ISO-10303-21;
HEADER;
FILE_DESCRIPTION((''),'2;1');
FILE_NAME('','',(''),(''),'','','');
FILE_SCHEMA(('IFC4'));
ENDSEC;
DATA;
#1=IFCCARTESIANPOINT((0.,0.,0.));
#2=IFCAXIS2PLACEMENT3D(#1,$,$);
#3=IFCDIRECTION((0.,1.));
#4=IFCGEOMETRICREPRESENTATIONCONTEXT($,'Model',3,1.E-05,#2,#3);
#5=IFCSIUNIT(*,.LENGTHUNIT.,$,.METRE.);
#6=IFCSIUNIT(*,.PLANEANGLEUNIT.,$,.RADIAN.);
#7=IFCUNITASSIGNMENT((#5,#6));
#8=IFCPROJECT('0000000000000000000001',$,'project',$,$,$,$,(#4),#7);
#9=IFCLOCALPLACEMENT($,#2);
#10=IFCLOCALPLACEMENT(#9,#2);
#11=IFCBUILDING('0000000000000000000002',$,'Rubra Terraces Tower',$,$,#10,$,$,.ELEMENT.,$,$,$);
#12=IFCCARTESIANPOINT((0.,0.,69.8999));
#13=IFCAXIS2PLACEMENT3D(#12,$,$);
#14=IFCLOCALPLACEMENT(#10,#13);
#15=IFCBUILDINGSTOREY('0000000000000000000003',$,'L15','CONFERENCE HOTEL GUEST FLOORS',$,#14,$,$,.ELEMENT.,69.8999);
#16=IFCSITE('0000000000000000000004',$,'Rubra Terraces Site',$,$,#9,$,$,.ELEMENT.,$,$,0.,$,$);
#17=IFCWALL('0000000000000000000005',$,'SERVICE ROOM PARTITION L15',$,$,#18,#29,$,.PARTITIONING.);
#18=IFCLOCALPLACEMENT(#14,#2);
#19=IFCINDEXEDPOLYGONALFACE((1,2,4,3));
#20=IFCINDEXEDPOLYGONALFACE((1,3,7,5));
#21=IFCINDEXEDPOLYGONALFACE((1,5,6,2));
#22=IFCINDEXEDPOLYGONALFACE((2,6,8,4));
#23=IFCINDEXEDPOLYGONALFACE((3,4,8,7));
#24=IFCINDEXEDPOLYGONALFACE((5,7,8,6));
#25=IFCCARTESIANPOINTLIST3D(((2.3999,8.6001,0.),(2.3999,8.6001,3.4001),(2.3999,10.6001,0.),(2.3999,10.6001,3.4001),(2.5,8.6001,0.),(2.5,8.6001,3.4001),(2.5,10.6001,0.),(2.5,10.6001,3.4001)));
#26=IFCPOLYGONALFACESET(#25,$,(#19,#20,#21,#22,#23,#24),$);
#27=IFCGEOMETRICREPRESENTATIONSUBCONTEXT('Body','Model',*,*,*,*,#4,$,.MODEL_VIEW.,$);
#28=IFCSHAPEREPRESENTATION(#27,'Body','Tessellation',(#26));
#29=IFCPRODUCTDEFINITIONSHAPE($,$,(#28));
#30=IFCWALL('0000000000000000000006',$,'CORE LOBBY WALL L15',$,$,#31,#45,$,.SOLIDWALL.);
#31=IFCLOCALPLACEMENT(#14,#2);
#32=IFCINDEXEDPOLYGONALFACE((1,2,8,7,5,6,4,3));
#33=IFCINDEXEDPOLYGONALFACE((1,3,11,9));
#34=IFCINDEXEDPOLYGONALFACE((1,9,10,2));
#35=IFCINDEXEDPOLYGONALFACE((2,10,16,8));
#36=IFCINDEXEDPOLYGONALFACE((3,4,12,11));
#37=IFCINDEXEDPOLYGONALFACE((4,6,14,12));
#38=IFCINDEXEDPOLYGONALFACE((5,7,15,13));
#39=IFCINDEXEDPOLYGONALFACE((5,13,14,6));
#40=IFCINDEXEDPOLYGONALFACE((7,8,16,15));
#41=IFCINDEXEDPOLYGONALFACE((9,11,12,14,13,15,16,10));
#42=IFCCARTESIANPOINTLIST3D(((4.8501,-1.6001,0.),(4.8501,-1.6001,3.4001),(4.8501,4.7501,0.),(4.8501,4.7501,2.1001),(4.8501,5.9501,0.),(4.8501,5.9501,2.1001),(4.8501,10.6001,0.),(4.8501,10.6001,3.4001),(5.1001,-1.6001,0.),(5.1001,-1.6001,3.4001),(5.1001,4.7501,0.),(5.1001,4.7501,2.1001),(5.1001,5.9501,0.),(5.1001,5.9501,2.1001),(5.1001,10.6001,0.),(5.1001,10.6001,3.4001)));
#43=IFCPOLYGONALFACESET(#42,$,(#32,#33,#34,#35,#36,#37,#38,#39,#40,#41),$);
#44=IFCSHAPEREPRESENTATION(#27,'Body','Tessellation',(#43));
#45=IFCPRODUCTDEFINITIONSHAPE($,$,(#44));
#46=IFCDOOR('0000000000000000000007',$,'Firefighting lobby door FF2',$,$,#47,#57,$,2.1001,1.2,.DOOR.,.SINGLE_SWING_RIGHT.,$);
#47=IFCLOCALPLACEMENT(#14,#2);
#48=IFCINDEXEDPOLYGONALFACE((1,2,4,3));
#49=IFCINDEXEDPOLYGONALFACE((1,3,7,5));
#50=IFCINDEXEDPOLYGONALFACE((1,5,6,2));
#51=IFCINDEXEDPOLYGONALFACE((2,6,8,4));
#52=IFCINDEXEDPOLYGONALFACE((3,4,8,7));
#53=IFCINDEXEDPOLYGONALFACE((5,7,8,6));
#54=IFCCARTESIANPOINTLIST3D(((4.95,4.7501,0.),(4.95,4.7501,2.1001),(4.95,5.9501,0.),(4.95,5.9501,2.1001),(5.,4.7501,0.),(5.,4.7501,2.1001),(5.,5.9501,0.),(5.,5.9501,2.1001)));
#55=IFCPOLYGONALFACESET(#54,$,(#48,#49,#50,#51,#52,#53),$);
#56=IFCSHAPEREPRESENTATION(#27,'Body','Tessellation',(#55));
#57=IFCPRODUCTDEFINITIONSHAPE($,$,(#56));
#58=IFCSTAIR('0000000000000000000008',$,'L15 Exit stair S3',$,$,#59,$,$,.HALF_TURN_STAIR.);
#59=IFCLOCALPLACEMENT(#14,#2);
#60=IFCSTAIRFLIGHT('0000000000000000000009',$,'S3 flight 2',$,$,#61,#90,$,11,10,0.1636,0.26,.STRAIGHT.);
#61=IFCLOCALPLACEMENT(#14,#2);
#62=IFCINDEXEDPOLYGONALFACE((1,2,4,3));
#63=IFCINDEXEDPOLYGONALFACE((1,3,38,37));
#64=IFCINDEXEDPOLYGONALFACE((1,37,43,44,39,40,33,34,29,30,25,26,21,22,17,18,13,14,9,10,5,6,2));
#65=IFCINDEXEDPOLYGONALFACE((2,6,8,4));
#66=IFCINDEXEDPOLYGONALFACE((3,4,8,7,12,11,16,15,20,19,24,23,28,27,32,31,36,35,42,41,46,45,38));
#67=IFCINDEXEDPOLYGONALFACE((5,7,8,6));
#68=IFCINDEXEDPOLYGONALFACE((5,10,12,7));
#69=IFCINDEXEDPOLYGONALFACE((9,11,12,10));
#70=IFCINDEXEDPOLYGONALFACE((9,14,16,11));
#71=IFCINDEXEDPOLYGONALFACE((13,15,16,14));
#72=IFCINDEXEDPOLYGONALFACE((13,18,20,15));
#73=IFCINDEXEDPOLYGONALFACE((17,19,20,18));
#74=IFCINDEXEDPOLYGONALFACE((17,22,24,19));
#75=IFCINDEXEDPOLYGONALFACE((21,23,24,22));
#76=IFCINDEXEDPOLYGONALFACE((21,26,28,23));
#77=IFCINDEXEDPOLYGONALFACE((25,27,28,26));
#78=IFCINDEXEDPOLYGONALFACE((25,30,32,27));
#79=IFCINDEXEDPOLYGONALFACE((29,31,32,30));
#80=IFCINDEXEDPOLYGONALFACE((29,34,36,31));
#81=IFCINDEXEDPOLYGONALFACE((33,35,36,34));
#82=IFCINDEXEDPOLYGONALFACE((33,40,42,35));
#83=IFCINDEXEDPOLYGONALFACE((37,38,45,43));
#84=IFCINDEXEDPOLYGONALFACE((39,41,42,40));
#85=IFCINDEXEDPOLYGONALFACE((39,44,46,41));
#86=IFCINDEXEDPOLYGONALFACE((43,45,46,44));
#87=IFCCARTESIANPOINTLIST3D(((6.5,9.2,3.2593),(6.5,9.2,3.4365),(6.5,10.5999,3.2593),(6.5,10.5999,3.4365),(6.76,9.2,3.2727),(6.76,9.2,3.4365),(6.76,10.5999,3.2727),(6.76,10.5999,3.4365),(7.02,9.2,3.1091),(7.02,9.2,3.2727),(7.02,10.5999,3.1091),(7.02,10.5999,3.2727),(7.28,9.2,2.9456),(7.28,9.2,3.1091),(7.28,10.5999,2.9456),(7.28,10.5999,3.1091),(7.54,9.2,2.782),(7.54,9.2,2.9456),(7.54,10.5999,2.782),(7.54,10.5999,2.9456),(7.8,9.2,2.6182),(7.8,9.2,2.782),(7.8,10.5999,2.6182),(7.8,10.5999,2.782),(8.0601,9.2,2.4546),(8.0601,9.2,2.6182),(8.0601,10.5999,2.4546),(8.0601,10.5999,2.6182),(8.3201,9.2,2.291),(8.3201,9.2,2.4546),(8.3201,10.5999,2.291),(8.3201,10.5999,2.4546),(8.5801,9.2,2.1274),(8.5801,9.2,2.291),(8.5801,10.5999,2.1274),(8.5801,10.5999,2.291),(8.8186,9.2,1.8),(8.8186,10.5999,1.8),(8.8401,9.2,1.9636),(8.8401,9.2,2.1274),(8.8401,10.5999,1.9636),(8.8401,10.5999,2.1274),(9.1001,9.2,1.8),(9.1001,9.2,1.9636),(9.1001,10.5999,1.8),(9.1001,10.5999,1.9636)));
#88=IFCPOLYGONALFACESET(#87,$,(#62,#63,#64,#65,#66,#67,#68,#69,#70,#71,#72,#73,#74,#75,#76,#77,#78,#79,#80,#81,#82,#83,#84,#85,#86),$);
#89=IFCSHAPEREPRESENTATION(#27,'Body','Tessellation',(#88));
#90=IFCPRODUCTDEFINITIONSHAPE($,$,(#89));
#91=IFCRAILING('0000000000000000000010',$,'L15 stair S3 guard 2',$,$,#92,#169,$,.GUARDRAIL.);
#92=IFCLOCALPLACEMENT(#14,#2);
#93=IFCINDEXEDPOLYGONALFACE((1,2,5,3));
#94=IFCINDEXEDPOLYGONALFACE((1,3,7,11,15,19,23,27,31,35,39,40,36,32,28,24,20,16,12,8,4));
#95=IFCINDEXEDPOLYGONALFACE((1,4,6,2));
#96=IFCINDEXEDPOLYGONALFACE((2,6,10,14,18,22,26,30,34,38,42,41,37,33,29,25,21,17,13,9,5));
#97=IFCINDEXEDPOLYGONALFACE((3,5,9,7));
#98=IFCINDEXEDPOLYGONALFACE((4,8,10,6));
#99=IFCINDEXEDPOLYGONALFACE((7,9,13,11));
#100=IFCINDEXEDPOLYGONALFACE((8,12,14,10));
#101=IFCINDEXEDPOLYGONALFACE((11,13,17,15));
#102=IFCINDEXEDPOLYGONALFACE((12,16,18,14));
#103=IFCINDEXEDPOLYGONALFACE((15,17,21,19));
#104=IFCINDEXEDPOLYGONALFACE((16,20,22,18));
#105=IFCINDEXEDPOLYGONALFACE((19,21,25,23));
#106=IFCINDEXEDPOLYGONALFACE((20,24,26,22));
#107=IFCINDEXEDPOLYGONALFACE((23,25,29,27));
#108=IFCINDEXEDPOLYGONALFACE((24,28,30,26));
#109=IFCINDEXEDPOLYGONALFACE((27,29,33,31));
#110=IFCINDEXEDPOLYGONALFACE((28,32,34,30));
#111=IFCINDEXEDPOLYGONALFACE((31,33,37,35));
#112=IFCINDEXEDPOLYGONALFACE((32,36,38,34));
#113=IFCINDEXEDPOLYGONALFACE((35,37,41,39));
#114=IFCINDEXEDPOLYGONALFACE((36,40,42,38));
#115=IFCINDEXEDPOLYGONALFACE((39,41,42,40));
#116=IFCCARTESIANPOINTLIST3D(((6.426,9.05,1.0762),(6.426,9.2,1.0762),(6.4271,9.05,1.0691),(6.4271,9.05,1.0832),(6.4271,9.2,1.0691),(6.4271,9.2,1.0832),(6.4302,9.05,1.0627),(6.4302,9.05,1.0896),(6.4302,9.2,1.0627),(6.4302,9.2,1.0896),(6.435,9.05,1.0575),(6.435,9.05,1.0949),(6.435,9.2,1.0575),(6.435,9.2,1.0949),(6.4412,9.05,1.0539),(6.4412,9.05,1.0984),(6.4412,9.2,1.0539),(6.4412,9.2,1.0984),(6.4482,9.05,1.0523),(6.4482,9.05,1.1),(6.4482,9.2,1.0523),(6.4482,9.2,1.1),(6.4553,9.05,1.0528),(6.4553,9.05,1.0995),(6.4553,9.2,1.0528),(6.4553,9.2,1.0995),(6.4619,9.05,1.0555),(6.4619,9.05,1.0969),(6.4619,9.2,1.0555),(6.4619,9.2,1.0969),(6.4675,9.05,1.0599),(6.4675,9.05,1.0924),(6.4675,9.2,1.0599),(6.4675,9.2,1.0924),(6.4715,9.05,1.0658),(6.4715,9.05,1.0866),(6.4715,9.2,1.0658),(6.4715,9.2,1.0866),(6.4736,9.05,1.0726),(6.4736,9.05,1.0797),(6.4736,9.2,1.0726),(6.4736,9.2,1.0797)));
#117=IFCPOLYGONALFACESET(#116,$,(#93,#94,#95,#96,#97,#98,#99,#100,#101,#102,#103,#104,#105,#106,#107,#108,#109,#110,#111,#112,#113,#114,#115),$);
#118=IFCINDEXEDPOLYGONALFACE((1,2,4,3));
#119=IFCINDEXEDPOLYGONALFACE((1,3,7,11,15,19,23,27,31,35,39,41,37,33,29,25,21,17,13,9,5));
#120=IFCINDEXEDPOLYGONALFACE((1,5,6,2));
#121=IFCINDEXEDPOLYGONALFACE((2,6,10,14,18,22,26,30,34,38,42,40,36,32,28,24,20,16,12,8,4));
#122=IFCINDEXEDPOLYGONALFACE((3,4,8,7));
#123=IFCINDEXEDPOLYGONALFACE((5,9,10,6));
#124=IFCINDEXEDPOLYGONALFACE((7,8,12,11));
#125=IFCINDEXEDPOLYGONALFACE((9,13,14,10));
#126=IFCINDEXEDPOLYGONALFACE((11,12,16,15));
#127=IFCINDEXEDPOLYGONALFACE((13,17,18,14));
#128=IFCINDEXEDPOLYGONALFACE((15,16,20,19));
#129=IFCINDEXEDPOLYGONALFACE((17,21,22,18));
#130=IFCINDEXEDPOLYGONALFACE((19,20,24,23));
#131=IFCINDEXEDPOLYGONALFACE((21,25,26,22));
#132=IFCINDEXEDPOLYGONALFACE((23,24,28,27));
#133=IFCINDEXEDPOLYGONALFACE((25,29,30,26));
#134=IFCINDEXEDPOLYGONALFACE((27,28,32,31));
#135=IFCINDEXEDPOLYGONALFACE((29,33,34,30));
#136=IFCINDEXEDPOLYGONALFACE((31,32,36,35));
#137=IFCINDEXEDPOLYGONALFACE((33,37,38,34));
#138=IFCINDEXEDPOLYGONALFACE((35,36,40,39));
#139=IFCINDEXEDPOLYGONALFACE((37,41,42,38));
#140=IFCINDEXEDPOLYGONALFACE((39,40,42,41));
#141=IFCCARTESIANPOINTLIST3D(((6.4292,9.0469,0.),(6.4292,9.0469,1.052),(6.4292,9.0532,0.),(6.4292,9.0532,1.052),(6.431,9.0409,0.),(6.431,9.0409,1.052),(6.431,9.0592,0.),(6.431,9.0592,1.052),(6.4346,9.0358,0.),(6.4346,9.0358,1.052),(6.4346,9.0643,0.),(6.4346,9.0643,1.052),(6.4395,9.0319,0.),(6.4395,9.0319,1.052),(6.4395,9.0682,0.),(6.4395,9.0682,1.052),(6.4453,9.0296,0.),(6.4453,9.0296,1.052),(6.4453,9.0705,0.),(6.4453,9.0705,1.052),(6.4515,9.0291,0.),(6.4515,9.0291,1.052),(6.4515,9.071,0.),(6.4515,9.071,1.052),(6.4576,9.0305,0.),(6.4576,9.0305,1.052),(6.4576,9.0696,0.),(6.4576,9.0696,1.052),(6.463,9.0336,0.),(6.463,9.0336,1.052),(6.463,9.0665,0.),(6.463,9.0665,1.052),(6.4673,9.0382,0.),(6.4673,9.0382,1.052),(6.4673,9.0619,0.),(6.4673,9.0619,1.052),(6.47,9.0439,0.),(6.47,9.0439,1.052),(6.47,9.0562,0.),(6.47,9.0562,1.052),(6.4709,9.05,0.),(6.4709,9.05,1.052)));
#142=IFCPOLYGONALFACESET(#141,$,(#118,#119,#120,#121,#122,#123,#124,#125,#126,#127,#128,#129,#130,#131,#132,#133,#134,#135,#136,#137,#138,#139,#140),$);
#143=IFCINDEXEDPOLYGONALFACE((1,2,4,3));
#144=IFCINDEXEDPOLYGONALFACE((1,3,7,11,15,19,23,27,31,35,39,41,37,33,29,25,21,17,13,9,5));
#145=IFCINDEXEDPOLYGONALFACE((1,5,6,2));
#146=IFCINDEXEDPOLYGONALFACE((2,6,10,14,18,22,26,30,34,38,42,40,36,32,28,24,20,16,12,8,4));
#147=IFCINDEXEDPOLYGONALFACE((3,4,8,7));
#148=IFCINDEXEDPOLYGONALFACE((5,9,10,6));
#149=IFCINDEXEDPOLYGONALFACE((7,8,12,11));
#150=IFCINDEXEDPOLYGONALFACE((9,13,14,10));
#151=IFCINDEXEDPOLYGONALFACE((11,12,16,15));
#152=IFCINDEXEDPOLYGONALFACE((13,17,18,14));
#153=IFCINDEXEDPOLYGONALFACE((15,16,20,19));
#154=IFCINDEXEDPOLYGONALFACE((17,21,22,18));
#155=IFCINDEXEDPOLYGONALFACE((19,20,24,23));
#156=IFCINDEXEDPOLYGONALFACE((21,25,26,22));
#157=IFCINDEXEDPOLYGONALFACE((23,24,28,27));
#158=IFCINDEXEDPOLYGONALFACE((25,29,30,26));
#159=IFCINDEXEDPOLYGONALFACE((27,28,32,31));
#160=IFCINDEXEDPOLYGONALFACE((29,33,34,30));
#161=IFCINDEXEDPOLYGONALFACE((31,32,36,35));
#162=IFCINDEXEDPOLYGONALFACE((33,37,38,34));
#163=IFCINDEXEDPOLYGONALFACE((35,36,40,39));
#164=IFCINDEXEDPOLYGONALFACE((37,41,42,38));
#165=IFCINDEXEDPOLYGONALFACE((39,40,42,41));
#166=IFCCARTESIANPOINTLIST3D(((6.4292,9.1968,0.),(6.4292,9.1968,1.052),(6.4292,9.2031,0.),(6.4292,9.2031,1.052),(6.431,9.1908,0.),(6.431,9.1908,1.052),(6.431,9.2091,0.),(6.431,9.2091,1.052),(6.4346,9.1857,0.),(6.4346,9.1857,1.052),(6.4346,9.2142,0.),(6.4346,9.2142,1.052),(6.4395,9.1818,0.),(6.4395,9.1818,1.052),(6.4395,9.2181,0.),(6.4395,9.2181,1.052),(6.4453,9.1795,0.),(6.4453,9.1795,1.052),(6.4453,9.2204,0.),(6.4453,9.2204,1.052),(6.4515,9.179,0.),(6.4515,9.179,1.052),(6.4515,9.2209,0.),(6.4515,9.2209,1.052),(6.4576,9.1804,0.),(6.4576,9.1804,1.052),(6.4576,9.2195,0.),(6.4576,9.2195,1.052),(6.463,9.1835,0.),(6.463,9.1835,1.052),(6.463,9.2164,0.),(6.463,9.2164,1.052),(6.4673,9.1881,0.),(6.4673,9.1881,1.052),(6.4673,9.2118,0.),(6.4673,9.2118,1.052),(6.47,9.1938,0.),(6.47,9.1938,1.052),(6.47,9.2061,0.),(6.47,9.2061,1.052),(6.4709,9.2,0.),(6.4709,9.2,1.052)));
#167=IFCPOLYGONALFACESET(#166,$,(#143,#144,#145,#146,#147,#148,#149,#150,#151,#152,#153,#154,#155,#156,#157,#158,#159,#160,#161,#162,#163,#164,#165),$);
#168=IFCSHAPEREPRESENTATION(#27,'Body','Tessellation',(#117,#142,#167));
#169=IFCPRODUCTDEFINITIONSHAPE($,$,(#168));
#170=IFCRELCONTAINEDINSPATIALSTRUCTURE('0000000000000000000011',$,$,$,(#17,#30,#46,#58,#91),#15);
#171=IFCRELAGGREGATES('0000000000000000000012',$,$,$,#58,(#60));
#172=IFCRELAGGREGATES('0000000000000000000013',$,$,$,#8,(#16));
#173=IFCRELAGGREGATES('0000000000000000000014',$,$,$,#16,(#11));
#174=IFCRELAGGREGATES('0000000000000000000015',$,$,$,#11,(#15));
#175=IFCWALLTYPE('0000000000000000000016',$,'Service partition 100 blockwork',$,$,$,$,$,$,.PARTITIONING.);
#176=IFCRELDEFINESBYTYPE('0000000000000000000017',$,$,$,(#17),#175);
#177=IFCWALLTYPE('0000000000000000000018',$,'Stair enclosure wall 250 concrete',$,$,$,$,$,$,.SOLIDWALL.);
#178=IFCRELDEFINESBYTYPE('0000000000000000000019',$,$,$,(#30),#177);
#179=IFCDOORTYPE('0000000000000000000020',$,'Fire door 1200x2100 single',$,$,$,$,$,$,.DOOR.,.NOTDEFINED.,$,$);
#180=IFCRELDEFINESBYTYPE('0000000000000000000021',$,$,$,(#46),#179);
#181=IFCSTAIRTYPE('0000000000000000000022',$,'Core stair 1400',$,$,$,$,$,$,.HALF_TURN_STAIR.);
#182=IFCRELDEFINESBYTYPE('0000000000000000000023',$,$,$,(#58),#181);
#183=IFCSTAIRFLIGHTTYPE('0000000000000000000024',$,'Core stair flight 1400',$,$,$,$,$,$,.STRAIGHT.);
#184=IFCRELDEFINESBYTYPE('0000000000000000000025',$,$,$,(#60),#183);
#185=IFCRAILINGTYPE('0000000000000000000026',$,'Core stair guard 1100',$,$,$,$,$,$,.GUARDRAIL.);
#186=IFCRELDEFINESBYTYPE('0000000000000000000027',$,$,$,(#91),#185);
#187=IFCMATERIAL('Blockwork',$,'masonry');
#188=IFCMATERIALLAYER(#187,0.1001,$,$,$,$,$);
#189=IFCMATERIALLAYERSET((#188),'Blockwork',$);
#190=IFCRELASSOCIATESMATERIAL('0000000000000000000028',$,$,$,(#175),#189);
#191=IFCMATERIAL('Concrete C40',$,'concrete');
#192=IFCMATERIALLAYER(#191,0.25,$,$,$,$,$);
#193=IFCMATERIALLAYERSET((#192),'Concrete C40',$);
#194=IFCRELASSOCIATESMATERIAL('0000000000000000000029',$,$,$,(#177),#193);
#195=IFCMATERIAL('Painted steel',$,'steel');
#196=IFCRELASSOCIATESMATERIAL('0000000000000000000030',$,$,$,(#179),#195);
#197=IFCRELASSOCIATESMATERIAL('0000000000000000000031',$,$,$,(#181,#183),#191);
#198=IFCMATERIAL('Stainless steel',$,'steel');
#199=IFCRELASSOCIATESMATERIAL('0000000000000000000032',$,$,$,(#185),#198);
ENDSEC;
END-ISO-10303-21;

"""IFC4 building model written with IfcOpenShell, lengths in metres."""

from ifc_helpers import new_model, si_unit, direction, frame, frame_2d, origin, origin_2d, place, context, subcontext, project, spatial, polyline, rectangle, circle, outline, extrude, material, layer, layer_set, type_object, element, fill, aggregate, save


model = new_model("IFC4")

# Units and contexts
model_context = context("Model", 3, precision=1e-05, world=origin(), true_north=direction((0.0, 1.0)))
body_context = subcontext(model_context, "Body", "Model", "MODEL_VIEW")
ifc_project = project(units=[si_unit("LENGTHUNIT", "METRE"), si_unit("PLANEANGLEUNIT", "RADIAN")], contexts=[model_context])

# Site, building, storey
site_placement = place(None, origin())
site = spatial("IfcSite", under=ifc_project, at=site_placement, Name="Rubra Terraces Site", CompositionType="ELEMENT", RefElevation=0.0)
building_placement = place(site_placement, origin())
building = spatial("IfcBuilding", under=site, at=building_placement, Name="Rubra Terraces Tower", CompositionType="ELEMENT")
storey_placement = place(building_placement, frame((0.0, 0.0, 69.8999)))
storey = spatial("IfcBuildingStorey", under=building, at=storey_placement, Name="L15", Description="CONFERENCE HOTEL GUEST FLOORS", CompositionType="ELEMENT", Elevation=69.8999)

# Wall
ifc_material_1 = material(Name="Blockwork", Category="masonry")
ifc_layer_1 = layer(ifc_material_1, 0.1001)
ifc_layer_set_1 = layer_set([ifc_layer_1], Name="Blockwork")
wall_type_1 = type_object("IfcWallType", Name="Service partition 100 blockwork", PredefinedType="PARTITIONING", material=ifc_layer_set_1)
wall_1_placement = place(storey_placement, frame((2.45, 8.6001, 0.0), z_axis=(0.0, 0.0, 1.0), x_axis=(0.0, 1.0, 0.0)))
element("IfcWall", 1, at=wall_1_placement, inside=storey, type_object=wall_type_1, Name="SERVICE ROOM PARTITION L15", PredefinedType="PARTITIONING", context=body_context, shape_type="SweptSolid", body=[
    extrude(rectangle(XDim=2.0, YDim=0.1001, at=frame_2d((1.0, 0.0))), origin(), (0.0, 0.0, 1.0), 3.4001),
])

# Wall, opening, door
ifc_material_2 = material(Name="Concrete C40", Category="concrete")
ifc_layer_2 = layer(ifc_material_2, 0.25)
ifc_layer_set_2 = layer_set([ifc_layer_2], Name="Concrete C40")
wall_type_2 = type_object("IfcWallType", Name="Stair enclosure wall 250 concrete", PredefinedType="SOLIDWALL", material=ifc_layer_set_2)
wall_2_placement = place(storey_placement, frame((4.9751, 10.6001, 0.0), z_axis=(0.0, 0.0, 1.0), x_axis=(0.0, -1.0, 0.0)))
wall_2 = element("IfcWall", 2, at=wall_2_placement, inside=storey, type_object=wall_type_2, Name="CORE LOBBY WALL L15", PredefinedType="SOLIDWALL", context=body_context, shape_type="SweptSolid", body=[
    extrude(rectangle(XDim=12.2002, YDim=0.25, at=frame_2d((6.1001, 0.0))), origin(), (0.0, 0.0, 1.0), 3.4001),
])
opening_1_placement = place(wall_2_placement, frame((4.6499, 0.0, 0.0)))
opening_1 = element("IfcOpeningElement", 3, at=opening_1_placement, cuts=wall_2, PredefinedType="OPENING", context=body_context, shape_type="SweptSolid", body=[
    extrude(rectangle(XDim=1.2, YDim=2.1001, at=frame_2d((0.6001, 1.05))), frame((0.0, 0.135, 0.0), z_axis=(0.0, -1.0, 0.0), x_axis=(1.0, 0.0, 0.0)), (0.0, 0.0, 1.0), 0.27),
])
ifc_material_3 = material(Name="Painted steel", Category="steel")
door_type_1 = type_object("IfcDoorType", Name="Fire door 1200x2100 single", OperationType="NOTDEFINED", PredefinedType="DOOR", material=ifc_material_3)
door_1_placement = place(opening_1_placement, origin())
door_1 = element("IfcDoor", 4, at=door_1_placement, inside=storey, type_object=door_type_1, Name="Firefighting lobby door FF2", OperationType="SINGLE_SWING_RIGHT", OverallHeight=2.1001, OverallWidth=1.2, PredefinedType="DOOR", context=body_context, shape_type="SweptSolid", body=[
    extrude(rectangle(XDim=1.2, YDim=2.1001, at=frame_2d((0.6001, 1.05))), frame((0.0, 0.0249, 0.0), z_axis=(0.0, -1.0, 0.0), x_axis=(1.0, 0.0, 0.0)), (0.0, 0.0, 1.0), 0.05),
])
fill(opening_1, door_1)

# Stair, stair flight
stair_type = type_object("IfcStairType", Name="Core stair 1400", PredefinedType="HALF_TURN_STAIR", material=ifc_material_2)
stair_placement = place(storey_placement, origin())
stair = element("IfcStair", 5, at=stair_placement, inside=storey, type_object=stair_type, Name="L15 Exit stair S3", PredefinedType="HALF_TURN_STAIR")
stair_flight_type = type_object("IfcStairFlightType", Name="Core stair flight 1400", PredefinedType="STRAIGHT", material=ifc_material_2)
stair_flight_placement = place(storey_placement, frame((9.1001, 9.8999, 1.8), z_axis=(0.0, 0.0, 1.0), x_axis=(-1.0, 0.0, 0.0)))
stair_flight = element("IfcStairFlight", 6, at=stair_flight_placement, type_object=stair_flight_type, Name="S3 flight 2", NumberOfRisers=11, NumberOfTreads=10, PredefinedType="STRAIGHT", RiserHeight=0.1636, TreadLength=0.26, context=body_context, shape_type="SweptSolid", body=[
    extrude(outline(polyline([(0.0, 0.0), (0.0, 0.1636), (0.26, 0.1636), (0.26, 0.3274), (0.52, 0.3274), (0.52, 0.491), (0.78, 0.491), (0.78, 0.6545), (1.04, 0.6545), (1.04, 0.8181), (1.3, 0.8181), (1.3, 0.9819), (1.5601, 0.9819), (1.5601, 1.1455), (1.8201, 1.1455), (1.8201, 1.3091), (2.0801, 1.3091), (2.0801, 1.4727), (2.3401, 1.4727), (2.3401, 1.6365), (2.6001, 1.6365), (2.6001, 1.8), (2.6001, 1.4592), (0.2815, 0.0), (0.0, 0.0)])), frame((0.0, 0.7, 0.0), z_axis=(0.0, -1.0, 0.0), x_axis=(1.0, 0.0, 0.0)), (0.0, 0.0, 1.0), 1.3999),
])
aggregate(stair, [stair_flight])

# Railing
ifc_material_4 = material(Name="Stainless steel", Category="steel")
railing_type = type_object("IfcRailingType", Name="Core stair guard 1100", PredefinedType="GUARDRAIL", material=ifc_material_4)
railing_1_placement = place(storey_placement, frame((6.45, 9.05, 0.0)))
element("IfcRailing", 7, at=railing_1_placement, inside=storey, type_object=railing_type, Name="L15 stair S3 guard 2", PredefinedType="GUARDRAIL", context=body_context, shape_type="SweptSolid", body=[
    extrude(circle(Radius=0.0239, at=origin_2d()), frame((0.0, 0.0, 1.0762), z_axis=(0.0, 1.0, 0.0), x_axis=(-1.0, 0.0, 0.0)), (0.0, 0.0, 1.0), 0.1499),
    extrude(circle(Radius=0.021, at=origin_2d()), origin(), (0.0, 0.0, 1.0), 1.052),
    extrude(circle(Radius=0.021, at=origin_2d()), frame((0.0, 0.1499, 0.0)), (0.0, 0.0, 1.0), 1.052),
])

save(model, "model.ifc")
